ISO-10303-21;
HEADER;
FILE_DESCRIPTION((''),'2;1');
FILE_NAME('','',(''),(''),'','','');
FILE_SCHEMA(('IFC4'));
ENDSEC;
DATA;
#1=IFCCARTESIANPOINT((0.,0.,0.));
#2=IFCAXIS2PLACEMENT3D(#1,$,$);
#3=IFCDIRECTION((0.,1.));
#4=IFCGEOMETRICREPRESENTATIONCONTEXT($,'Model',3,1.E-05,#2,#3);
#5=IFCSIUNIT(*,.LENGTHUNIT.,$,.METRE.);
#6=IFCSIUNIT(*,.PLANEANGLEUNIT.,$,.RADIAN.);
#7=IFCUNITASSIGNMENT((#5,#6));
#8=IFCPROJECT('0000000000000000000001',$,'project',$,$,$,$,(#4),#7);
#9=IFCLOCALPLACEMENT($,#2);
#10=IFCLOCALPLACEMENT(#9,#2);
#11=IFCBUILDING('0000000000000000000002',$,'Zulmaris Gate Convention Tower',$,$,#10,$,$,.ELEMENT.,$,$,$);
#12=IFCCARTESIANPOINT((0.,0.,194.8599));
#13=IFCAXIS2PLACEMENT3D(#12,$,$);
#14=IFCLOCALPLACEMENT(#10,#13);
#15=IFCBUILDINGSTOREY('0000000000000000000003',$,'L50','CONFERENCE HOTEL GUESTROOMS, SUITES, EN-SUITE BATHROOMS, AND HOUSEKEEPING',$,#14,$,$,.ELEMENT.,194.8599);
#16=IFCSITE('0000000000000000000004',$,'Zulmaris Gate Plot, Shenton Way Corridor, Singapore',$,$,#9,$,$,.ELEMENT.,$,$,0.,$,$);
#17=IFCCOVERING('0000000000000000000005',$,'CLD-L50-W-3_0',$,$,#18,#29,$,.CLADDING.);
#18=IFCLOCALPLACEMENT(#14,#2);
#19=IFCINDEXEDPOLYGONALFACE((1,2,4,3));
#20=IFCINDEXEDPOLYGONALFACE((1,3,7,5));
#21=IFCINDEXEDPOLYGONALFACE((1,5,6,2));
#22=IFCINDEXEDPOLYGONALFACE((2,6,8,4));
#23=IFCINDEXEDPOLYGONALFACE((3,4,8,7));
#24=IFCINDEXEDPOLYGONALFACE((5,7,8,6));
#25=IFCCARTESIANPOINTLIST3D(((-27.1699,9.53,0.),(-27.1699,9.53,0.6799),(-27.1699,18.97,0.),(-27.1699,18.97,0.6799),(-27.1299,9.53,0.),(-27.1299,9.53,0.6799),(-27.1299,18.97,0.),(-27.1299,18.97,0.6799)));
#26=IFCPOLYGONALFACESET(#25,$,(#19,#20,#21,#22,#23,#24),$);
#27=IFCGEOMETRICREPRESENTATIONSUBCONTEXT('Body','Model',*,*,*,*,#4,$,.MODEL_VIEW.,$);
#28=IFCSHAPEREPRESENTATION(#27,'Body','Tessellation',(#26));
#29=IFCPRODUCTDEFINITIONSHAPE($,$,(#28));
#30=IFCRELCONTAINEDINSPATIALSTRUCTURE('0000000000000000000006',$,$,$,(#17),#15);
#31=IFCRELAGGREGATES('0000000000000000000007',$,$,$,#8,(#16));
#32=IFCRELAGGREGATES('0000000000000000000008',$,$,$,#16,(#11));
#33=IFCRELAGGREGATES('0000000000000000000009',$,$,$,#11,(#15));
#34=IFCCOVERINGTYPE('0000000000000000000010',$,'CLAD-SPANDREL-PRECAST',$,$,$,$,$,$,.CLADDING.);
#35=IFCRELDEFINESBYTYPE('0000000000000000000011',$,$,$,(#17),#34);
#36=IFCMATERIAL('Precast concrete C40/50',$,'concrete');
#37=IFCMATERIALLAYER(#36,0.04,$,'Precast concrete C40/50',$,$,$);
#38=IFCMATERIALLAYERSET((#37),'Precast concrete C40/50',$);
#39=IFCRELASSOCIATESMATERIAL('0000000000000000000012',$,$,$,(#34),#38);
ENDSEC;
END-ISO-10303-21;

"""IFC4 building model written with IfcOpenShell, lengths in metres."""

from ifc_helpers import new_model, si_unit, direction, frame, frame_2d, origin, place, context, subcontext, project, spatial, rectangle, extrude, material, layer, layer_set, type_object, element, save


model = new_model("IFC4")

# Units and contexts
model_context = context("Model", 3, precision=1e-05, world=origin(), true_north=direction((0.0, 1.0)))
body_context = subcontext(model_context, "Body", "Model", "MODEL_VIEW")
ifc_project = project(units=[si_unit("LENGTHUNIT", "METRE"), si_unit("PLANEANGLEUNIT", "RADIAN")], contexts=[model_context])

# Site, building, storey
site_placement = place(None, origin())
site = spatial("IfcSite", under=ifc_project, at=site_placement, Name="Zulmaris Gate Plot, Shenton Way Corridor, Singapore", CompositionType="ELEMENT", RefElevation=0.0)
building_placement = place(site_placement, origin())
building = spatial("IfcBuilding", under=site, at=building_placement, Name="Zulmaris Gate Convention Tower", CompositionType="ELEMENT")
storey_placement = place(building_placement, frame((0.0, 0.0, 194.8599)))
storey = spatial("IfcBuildingStorey", under=building, at=storey_placement, Name="L50", Description="CONFERENCE HOTEL GUESTROOMS, SUITES, EN-SUITE BATHROOMS, AND HOUSEKEEPING", CompositionType="ELEMENT", Elevation=194.8599)

# Shared definitions
ifc_material_1 = material(Name="Precast concrete C40/50", Category="concrete")

# Covering
ifc_layer_1 = layer(ifc_material_1, 0.04, Name="Precast concrete C40/50")
ifc_layer_set_1 = layer_set([ifc_layer_1], Name="Precast concrete C40/50")
covering_type = type_object("IfcCoveringType", Name="CLAD-SPANDREL-PRECAST", PredefinedType="CLADDING", material=ifc_layer_set_1)
covering_placement = place(storey_placement, frame((-27.1499, 18.97, 0.0), z_axis=(0.0, 0.0, 1.0), x_axis=(0.0, -1.0, 0.0)))
element("IfcCovering", 1, at=covering_placement, inside=storey, type_object=covering_type, Name="CLD-L50-W-3_0", PredefinedType="CLADDING", context=body_context, shape_type="SweptSolid", body=[
    extrude(rectangle(XDim=9.4399, YDim=0.04, at=frame_2d((4.72, 0.0))), origin(), (0.0, 0.0, 1.0), 0.6799),
])

save(model, "model.ifc")
